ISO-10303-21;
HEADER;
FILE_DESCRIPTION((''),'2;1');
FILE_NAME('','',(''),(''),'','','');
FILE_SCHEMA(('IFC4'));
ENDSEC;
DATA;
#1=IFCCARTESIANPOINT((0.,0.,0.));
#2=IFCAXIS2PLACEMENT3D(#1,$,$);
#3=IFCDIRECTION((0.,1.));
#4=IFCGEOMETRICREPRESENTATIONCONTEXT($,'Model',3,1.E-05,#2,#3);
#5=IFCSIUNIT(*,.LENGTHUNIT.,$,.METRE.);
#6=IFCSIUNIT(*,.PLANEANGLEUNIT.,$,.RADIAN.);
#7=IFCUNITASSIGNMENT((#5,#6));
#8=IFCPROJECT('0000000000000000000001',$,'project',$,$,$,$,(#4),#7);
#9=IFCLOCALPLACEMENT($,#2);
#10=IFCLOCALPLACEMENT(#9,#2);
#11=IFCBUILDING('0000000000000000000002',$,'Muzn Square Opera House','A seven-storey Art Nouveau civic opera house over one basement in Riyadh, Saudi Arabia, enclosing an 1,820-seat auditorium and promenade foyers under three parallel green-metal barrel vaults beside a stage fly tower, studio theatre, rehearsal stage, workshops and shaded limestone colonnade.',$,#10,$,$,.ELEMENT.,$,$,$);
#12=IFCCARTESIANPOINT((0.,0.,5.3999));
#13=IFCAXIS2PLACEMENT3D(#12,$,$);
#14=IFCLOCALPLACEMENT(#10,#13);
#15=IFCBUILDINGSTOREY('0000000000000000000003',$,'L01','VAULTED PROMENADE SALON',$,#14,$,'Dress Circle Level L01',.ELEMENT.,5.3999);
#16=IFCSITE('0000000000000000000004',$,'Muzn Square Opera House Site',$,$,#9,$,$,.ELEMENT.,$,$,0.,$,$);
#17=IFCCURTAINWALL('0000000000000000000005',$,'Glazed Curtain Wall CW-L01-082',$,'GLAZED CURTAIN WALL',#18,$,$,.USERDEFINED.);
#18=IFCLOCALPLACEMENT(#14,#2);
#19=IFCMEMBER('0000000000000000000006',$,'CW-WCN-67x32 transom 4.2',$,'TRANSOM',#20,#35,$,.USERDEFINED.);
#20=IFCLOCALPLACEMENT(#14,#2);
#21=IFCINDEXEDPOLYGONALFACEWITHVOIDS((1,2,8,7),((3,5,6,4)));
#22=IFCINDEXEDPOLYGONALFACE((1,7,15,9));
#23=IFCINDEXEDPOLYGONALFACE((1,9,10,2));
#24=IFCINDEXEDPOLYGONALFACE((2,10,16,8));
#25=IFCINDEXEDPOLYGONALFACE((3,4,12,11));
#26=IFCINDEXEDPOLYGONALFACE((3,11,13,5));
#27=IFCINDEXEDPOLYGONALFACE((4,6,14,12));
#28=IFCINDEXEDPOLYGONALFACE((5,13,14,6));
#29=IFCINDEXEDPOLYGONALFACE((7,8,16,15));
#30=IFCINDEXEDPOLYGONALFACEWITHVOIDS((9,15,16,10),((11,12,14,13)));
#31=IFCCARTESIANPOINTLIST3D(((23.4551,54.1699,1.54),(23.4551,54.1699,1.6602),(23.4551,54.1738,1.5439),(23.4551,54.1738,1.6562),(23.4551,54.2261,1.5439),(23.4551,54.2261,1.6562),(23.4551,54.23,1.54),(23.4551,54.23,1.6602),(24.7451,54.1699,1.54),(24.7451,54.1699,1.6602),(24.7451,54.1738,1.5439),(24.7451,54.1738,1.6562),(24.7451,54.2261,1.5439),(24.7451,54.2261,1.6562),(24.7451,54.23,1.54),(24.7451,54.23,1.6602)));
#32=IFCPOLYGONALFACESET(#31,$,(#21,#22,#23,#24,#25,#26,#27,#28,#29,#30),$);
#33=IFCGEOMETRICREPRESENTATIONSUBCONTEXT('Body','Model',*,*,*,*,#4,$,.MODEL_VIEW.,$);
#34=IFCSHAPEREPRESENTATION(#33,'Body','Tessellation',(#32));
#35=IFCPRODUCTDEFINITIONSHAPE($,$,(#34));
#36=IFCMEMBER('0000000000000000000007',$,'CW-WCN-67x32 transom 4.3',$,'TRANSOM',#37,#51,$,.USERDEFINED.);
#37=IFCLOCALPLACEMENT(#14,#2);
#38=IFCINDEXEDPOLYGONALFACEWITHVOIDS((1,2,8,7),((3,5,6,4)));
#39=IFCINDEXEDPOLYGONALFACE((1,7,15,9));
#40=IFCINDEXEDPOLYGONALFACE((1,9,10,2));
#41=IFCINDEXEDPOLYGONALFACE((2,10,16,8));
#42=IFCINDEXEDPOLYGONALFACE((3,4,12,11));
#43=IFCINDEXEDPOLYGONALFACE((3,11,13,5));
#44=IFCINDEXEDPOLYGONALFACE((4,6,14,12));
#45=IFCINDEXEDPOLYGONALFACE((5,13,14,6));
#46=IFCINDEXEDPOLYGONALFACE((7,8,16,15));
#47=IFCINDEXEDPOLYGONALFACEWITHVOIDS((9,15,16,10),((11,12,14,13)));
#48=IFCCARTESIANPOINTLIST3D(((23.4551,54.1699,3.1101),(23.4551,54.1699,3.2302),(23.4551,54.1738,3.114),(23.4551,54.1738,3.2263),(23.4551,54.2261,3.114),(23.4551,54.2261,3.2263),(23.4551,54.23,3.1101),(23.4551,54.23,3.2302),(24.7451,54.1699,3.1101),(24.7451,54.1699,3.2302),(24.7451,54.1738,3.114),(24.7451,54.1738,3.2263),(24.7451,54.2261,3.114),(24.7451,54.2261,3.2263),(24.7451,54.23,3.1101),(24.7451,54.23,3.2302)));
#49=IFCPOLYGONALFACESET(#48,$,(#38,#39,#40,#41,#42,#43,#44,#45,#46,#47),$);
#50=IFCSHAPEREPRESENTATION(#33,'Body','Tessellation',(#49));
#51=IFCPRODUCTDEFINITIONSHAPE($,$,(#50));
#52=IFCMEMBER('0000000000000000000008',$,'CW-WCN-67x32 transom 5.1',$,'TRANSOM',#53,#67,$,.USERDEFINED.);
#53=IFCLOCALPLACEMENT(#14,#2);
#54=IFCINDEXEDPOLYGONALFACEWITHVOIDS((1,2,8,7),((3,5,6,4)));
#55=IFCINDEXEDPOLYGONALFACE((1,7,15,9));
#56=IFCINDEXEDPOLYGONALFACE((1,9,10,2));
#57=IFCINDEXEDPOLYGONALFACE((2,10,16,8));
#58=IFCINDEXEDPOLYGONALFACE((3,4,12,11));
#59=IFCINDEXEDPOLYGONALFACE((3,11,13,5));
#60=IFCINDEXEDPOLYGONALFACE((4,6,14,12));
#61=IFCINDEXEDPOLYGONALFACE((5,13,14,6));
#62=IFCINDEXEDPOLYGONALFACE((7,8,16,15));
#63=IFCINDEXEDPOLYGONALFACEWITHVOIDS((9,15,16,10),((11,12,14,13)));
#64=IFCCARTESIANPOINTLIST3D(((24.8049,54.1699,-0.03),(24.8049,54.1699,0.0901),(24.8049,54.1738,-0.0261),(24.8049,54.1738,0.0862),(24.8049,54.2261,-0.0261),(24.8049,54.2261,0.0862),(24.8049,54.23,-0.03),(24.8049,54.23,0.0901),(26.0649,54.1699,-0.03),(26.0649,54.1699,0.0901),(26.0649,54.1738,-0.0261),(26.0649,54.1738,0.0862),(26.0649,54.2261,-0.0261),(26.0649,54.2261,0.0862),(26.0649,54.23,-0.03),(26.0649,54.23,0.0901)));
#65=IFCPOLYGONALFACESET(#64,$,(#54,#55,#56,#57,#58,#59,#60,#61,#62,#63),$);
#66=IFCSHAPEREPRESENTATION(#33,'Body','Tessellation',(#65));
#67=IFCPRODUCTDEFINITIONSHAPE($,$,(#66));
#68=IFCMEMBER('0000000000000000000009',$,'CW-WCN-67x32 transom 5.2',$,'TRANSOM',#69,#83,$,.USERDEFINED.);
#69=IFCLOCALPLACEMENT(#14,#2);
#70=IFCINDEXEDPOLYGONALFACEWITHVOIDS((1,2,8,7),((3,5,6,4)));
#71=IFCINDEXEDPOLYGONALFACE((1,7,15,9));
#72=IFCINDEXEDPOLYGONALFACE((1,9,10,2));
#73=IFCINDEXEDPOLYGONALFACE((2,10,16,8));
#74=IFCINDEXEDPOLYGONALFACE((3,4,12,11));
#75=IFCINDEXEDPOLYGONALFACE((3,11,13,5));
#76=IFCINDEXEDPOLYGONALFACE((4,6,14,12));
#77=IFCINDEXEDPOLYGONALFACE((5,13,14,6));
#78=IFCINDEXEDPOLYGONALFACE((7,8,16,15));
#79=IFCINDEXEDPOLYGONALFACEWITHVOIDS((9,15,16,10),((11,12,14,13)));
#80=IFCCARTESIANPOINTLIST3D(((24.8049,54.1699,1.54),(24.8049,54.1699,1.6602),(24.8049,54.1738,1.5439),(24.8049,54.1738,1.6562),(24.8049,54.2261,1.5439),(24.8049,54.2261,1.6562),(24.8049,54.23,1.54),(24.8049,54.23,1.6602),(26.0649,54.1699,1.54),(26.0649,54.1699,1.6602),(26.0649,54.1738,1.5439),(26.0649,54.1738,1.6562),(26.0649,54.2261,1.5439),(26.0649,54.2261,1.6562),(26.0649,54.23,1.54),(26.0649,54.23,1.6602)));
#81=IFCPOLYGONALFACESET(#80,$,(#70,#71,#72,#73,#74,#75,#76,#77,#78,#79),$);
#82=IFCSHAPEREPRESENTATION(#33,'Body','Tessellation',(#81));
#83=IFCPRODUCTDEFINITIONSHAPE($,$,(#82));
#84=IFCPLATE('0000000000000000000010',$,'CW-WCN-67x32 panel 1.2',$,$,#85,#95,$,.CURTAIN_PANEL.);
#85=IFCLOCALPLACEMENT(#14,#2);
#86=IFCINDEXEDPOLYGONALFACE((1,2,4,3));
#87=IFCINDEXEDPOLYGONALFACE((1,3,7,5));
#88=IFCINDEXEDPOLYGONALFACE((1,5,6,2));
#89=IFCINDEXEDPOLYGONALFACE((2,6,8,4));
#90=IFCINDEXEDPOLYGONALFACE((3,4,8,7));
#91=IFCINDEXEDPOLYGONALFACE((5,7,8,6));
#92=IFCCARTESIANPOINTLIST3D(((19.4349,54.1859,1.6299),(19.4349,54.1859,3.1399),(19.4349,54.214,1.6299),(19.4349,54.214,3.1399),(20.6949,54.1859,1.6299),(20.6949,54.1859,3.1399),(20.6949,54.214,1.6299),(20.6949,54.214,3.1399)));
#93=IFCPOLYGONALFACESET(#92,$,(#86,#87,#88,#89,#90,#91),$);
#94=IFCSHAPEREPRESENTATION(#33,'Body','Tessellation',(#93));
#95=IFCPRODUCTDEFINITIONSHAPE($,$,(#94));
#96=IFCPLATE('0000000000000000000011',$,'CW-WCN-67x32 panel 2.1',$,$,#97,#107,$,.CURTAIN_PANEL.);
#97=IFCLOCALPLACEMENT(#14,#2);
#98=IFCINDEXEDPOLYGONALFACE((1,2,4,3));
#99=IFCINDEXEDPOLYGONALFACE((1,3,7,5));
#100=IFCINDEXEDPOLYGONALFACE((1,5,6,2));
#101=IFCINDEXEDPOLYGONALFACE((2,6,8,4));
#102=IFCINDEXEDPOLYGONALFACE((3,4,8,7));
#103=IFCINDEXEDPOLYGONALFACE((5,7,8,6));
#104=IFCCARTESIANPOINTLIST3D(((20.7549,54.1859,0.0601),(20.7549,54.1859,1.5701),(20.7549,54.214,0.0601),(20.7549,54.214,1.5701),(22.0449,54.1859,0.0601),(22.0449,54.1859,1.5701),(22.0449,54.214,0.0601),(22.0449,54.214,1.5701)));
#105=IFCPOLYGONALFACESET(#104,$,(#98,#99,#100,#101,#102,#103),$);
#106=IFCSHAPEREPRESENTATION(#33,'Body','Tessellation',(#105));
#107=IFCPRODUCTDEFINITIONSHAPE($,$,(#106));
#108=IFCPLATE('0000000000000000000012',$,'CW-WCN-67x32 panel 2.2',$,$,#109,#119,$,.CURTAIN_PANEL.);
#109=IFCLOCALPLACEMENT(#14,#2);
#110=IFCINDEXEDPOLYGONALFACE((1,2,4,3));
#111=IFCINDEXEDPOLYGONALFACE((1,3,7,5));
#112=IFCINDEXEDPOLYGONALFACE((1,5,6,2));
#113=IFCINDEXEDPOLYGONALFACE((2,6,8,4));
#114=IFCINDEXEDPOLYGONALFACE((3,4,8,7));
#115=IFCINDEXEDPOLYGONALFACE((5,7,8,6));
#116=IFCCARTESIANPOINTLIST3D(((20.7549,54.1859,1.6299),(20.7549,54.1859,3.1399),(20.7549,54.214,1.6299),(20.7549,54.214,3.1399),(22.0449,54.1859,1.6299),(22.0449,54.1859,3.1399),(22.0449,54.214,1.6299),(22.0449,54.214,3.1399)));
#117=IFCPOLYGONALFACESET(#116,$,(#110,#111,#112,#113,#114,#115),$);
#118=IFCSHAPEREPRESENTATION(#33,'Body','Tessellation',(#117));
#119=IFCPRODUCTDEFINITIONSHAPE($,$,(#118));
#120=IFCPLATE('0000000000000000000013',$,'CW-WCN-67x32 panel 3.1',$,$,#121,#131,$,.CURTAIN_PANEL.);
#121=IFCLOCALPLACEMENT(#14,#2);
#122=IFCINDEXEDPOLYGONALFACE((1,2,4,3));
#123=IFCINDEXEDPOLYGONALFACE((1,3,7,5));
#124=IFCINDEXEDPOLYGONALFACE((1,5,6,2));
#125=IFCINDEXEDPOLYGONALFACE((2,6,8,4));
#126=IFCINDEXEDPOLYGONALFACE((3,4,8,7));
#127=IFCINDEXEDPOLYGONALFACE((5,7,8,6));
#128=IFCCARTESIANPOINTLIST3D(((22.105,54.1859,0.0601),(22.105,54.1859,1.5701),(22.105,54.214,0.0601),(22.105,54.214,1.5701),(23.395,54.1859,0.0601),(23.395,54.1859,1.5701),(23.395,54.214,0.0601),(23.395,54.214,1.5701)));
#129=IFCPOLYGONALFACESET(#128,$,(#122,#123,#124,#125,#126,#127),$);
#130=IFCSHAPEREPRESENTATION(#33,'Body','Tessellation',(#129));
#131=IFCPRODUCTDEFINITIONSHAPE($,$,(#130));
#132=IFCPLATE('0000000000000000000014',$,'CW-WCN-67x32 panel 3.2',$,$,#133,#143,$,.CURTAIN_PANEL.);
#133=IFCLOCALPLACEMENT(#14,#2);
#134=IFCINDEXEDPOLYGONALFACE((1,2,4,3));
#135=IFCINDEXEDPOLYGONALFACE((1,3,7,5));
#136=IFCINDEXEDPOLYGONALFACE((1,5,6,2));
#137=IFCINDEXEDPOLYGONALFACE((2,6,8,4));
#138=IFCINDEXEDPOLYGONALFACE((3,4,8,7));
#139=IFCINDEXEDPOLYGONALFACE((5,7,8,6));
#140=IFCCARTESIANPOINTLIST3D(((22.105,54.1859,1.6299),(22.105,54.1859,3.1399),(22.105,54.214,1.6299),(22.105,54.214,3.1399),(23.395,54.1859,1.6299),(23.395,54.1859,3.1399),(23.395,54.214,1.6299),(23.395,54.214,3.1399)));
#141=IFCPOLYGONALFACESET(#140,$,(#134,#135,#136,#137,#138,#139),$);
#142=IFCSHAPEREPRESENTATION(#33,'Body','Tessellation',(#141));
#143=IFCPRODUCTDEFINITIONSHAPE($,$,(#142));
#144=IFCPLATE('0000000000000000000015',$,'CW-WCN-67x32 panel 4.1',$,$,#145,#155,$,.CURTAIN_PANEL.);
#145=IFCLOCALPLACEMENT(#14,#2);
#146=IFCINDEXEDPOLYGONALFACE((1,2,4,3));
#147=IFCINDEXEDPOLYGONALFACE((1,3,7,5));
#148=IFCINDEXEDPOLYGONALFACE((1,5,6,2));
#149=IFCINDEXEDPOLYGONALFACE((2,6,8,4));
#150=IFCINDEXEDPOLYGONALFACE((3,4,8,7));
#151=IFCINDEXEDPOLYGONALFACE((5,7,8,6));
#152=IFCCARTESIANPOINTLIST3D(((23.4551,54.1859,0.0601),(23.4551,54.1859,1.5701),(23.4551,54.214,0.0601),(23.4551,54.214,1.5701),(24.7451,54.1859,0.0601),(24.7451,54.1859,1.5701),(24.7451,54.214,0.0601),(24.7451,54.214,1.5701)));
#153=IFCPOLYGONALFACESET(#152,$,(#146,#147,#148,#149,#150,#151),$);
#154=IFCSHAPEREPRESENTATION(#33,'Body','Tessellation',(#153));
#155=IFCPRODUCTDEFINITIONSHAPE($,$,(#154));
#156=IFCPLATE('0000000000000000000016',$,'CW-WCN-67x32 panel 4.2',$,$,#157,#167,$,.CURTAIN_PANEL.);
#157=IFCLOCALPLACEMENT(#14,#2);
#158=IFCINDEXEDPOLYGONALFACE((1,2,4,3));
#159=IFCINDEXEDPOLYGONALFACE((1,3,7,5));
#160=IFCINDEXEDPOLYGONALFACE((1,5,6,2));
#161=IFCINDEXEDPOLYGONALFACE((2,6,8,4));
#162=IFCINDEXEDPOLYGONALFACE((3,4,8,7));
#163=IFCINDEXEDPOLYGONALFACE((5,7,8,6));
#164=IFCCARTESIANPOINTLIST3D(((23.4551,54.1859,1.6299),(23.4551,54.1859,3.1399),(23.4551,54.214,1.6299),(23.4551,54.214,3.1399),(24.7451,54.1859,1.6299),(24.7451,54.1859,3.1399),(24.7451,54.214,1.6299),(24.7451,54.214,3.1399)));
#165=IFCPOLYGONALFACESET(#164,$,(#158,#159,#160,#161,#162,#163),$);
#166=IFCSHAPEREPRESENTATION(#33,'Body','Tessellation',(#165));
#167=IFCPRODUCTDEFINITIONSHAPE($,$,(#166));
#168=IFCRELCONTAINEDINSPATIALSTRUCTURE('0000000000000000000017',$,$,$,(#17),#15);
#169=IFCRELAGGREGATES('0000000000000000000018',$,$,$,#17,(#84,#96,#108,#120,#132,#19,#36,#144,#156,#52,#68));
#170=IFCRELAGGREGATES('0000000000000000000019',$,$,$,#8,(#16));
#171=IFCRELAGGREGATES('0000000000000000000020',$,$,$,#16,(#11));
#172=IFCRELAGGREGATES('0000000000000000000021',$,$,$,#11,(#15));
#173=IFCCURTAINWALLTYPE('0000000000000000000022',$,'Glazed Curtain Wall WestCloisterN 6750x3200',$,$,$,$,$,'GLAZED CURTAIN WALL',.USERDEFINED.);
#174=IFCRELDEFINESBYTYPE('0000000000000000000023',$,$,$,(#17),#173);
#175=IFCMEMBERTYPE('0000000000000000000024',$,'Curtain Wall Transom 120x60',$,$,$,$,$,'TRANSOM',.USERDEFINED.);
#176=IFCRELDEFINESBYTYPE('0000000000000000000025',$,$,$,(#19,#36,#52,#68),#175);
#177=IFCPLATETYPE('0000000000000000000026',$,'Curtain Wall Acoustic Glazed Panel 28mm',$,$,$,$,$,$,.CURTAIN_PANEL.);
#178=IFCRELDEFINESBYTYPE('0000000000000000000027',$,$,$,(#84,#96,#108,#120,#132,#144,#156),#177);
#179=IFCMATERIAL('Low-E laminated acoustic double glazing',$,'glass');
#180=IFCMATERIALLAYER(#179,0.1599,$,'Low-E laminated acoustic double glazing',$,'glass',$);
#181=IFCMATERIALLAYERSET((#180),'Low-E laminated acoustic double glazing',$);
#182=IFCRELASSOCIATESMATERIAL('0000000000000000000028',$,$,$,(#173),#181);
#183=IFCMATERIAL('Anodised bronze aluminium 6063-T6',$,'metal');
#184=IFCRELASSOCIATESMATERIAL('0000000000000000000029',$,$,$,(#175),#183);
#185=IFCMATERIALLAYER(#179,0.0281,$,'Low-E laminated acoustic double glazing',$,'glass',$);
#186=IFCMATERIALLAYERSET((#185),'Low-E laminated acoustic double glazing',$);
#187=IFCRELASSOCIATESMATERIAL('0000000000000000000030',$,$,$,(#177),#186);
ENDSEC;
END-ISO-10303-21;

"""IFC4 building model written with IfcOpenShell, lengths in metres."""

from ifc_helpers import new_model, si_unit, direction, frame, origin, origin_2d, place, context, subcontext, project, spatial, rectangle, hollow_rectangle, extrude, material, layer, layer_set, material_profile, profile_set, type_object, element, aggregate, save


model = new_model("IFC4")

# Units and contexts
model_context = context("Model", 3, precision=1e-05, world=origin(), true_north=direction((0.0, 1.0)))
body_context = subcontext(model_context, "Body", "Model", "MODEL_VIEW")
ifc_project = project(units=[si_unit("LENGTHUNIT", "METRE"), si_unit("PLANEANGLEUNIT", "RADIAN")], contexts=[model_context])

# Site, building, storey
site_placement = place(None, origin())
site = spatial("IfcSite", under=ifc_project, at=site_placement, Name="Muzn Square Opera House Site", CompositionType="ELEMENT", RefElevation=0.0)
building_placement = place(site_placement, origin())
building = spatial("IfcBuilding", under=site, at=building_placement, Name="Muzn Square Opera House", Description="A seven-storey Art Nouveau civic opera house over one basement in Riyadh, Saudi Arabia, enclosing an 1,820-seat auditorium and promenade foyers under three parallel green-metal barrel vaults beside a stage fly tower, studio theatre, rehearsal stage, workshops and shaded limestone colonnade.", CompositionType="ELEMENT")
storey_placement = place(building_placement, frame((0.0, 0.0, 5.3999)))
storey = spatial("IfcBuildingStorey", under=building, at=storey_placement, Name="L01", Description="VAULTED PROMENADE SALON", LongName="Dress Circle Level L01", CompositionType="ELEMENT", Elevation=5.3999)

# Curtain wall, members, plates
ifc_material_1 = material(Name="Low-E laminated acoustic double glazing", Category="glass")
ifc_layer_1 = layer(ifc_material_1, 0.1599, Name="Low-E laminated acoustic double glazing", Category="glass")
ifc_layer_set_1 = layer_set([ifc_layer_1], Name="Low-E laminated acoustic double glazing")
curtain_wall_type = type_object("IfcCurtainWallType", Name="Glazed Curtain Wall WestCloisterN 6750x3200", ElementType="GLAZED CURTAIN WALL", PredefinedType="USERDEFINED", material=ifc_layer_set_1)
curtain_wall_placement = place(storey_placement, origin())
curtain_wall = element("IfcCurtainWall", 1, at=curtain_wall_placement, inside=storey, type_object=curtain_wall_type, Name="Glazed Curtain Wall CW-L01-082", ObjectType="GLAZED CURTAIN WALL", PredefinedType="USERDEFINED")
ifc_material_2 = material(Name="Anodised bronze aluminium 6063-T6", Category="metal")
ifc_material_profile_1 = material_profile(ifc_material_2, hollow_rectangle(XDim=0.0601, YDim=0.1201, WallThickness=0.0039, at=origin_2d()), Name="ALU 120x60x4", Category="metal")
ifc_profile_set_1 = profile_set([ifc_material_profile_1], Name="Anodised bronze aluminium 6063-T6")
member_type_1 = type_object("IfcMemberType", Name="Curtain Wall Transom 120x60", ElementType="TRANSOM", PredefinedType="USERDEFINED", material=ifc_profile_set_1)
member_1_placement = place(storey_placement, frame((23.4551, 54.2, 1.6001), z_axis=(1.0, 0.0, 0.0), x_axis=(0.0, 1.0, 0.0)))
member_1 = element("IfcMember", 2, at=member_1_placement, type_object=member_type_1, Name="CW-WCN-67x32 transom 4.2", ObjectType="TRANSOM", PredefinedType="USERDEFINED", context=body_context, shape_type="SweptSolid", body=[
    extrude(hollow_rectangle(XDim=0.0601, YDim=0.1201, WallThickness=0.0039, at=origin_2d()), origin(), (0.0, 0.0, 1.0), 1.29),
])
member_2_placement = place(storey_placement, frame((23.4551, 54.2, 3.1702), z_axis=(1.0, 0.0, 0.0), x_axis=(0.0, 1.0, 0.0)))
member_2 = element("IfcMember", 3, at=member_2_placement, type_object=member_type_1, Name="CW-WCN-67x32 transom 4.3", ObjectType="TRANSOM", PredefinedType="USERDEFINED", context=body_context, shape_type="SweptSolid", body=[
    extrude(hollow_rectangle(XDim=0.0601, YDim=0.1201, WallThickness=0.0039, at=origin_2d()), origin(), (0.0, 0.0, 1.0), 1.29),
])
member_3_placement = place(storey_placement, frame((24.8049, 54.2, 0.03), z_axis=(1.0, 0.0, 0.0), x_axis=(0.0, 1.0, 0.0)))
member_3 = element("IfcMember", 4, at=member_3_placement, type_object=member_type_1, Name="CW-WCN-67x32 transom 5.1", ObjectType="TRANSOM", PredefinedType="USERDEFINED", context=body_context, shape_type="SweptSolid", body=[
    extrude(hollow_rectangle(XDim=0.0601, YDim=0.1201, WallThickness=0.0039, at=origin_2d()), origin(), (0.0, 0.0, 1.0), 1.26),
])
member_4_placement = place(storey_placement, frame((24.8049, 54.2, 1.6001), z_axis=(1.0, 0.0, 0.0), x_axis=(0.0, 1.0, 0.0)))
member_4 = element("IfcMember", 5, at=member_4_placement, type_object=member_type_1, Name="CW-WCN-67x32 transom 5.2", ObjectType="TRANSOM", PredefinedType="USERDEFINED", context=body_context, shape_type="SweptSolid", body=[
    extrude(hollow_rectangle(XDim=0.0601, YDim=0.1201, WallThickness=0.0039, at=origin_2d()), origin(), (0.0, 0.0, 1.0), 1.26),
])
ifc_layer_2 = layer(ifc_material_1, 0.0281, Name="Low-E laminated acoustic double glazing", Category="glass")
ifc_layer_set_2 = layer_set([ifc_layer_2], Name="Low-E laminated acoustic double glazing")
plate_type = type_object("IfcPlateType", Name="Curtain Wall Acoustic Glazed Panel 28mm", PredefinedType="CURTAIN_PANEL", material=ifc_layer_set_2)
plate_1_placement = place(storey_placement, frame((20.0649, 54.2, 1.6299), z_axis=(0.0, 0.0, 1.0), x_axis=(1.0, 0.0, 0.0)))
plate_1 = element("IfcPlate", 6, at=plate_1_placement, type_object=plate_type, Name="CW-WCN-67x32 panel 1.2", PredefinedType="CURTAIN_PANEL", context=body_context, shape_type="SweptSolid", body=[
    extrude(rectangle(XDim=1.26, YDim=0.0281, at=origin_2d()), origin(), (0.0, 0.0, 1.0), 1.51),
])
plate_2_placement = place(storey_placement, frame((21.3999, 54.2, 0.0601), z_axis=(0.0, 0.0, 1.0), x_axis=(1.0, 0.0, 0.0)))
plate_2 = element("IfcPlate", 7, at=plate_2_placement, type_object=plate_type, Name="CW-WCN-67x32 panel 2.1", PredefinedType="CURTAIN_PANEL", context=body_context, shape_type="SweptSolid", body=[
    extrude(rectangle(XDim=1.29, YDim=0.0281, at=origin_2d()), origin(), (0.0, 0.0, 1.0), 1.51),
])
plate_3_placement = place(storey_placement, frame((21.3999, 54.2, 1.6299), z_axis=(0.0, 0.0, 1.0), x_axis=(1.0, 0.0, 0.0)))
plate_3 = element("IfcPlate", 8, at=plate_3_placement, type_object=plate_type, Name="CW-WCN-67x32 panel 2.2", PredefinedType="CURTAIN_PANEL", context=body_context, shape_type="SweptSolid", body=[
    extrude(rectangle(XDim=1.29, YDim=0.0281, at=origin_2d()), origin(), (0.0, 0.0, 1.0), 1.51),
])
plate_4_placement = place(storey_placement, frame((22.75, 54.2, 0.0601), z_axis=(0.0, 0.0, 1.0), x_axis=(1.0, 0.0, 0.0)))
plate_4 = element("IfcPlate", 9, at=plate_4_placement, type_object=plate_type, Name="CW-WCN-67x32 panel 3.1", PredefinedType="CURTAIN_PANEL", context=body_context, shape_type="SweptSolid", body=[
    extrude(rectangle(XDim=1.29, YDim=0.0281, at=origin_2d()), origin(), (0.0, 0.0, 1.0), 1.51),
])
plate_5_placement = place(storey_placement, frame((22.75, 54.2, 1.6299), z_axis=(0.0, 0.0, 1.0), x_axis=(1.0, 0.0, 0.0)))
plate_5 = element("IfcPlate", 10, at=plate_5_placement, type_object=plate_type, Name="CW-WCN-67x32 panel 3.2", PredefinedType="CURTAIN_PANEL", context=body_context, shape_type="SweptSolid", body=[
    extrude(rectangle(XDim=1.29, YDim=0.0281, at=origin_2d()), origin(), (0.0, 0.0, 1.0), 1.51),
])
plate_6_placement = place(storey_placement, frame((24.1001, 54.2, 0.0601), z_axis=(0.0, 0.0, 1.0), x_axis=(1.0, 0.0, 0.0)))
plate_6 = element("IfcPlate", 11, at=plate_6_placement, type_object=plate_type, Name="CW-WCN-67x32 panel 4.1", PredefinedType="CURTAIN_PANEL", context=body_context, shape_type="SweptSolid", body=[
    extrude(rectangle(XDim=1.29, YDim=0.0281, at=origin_2d()), origin(), (0.0, 0.0, 1.0), 1.51),
])
plate_7_placement = place(storey_placement, frame((24.1001, 54.2, 1.6299), z_axis=(0.0, 0.0, 1.0), x_axis=(1.0, 0.0, 0.0)))
plate_7 = element("IfcPlate", 12, at=plate_7_placement, type_object=plate_type, Name="CW-WCN-67x32 panel 4.2", PredefinedType="CURTAIN_PANEL", context=body_context, shape_type="SweptSolid", body=[
    extrude(rectangle(XDim=1.29, YDim=0.0281, at=origin_2d()), origin(), (0.0, 0.0, 1.0), 1.51),
])
aggregate(curtain_wall, [plate_1, plate_2, plate_3, plate_4, plate_5, member_1, member_2, plate_6, plate_7, member_3, member_4])

save(model, "model.ifc")
